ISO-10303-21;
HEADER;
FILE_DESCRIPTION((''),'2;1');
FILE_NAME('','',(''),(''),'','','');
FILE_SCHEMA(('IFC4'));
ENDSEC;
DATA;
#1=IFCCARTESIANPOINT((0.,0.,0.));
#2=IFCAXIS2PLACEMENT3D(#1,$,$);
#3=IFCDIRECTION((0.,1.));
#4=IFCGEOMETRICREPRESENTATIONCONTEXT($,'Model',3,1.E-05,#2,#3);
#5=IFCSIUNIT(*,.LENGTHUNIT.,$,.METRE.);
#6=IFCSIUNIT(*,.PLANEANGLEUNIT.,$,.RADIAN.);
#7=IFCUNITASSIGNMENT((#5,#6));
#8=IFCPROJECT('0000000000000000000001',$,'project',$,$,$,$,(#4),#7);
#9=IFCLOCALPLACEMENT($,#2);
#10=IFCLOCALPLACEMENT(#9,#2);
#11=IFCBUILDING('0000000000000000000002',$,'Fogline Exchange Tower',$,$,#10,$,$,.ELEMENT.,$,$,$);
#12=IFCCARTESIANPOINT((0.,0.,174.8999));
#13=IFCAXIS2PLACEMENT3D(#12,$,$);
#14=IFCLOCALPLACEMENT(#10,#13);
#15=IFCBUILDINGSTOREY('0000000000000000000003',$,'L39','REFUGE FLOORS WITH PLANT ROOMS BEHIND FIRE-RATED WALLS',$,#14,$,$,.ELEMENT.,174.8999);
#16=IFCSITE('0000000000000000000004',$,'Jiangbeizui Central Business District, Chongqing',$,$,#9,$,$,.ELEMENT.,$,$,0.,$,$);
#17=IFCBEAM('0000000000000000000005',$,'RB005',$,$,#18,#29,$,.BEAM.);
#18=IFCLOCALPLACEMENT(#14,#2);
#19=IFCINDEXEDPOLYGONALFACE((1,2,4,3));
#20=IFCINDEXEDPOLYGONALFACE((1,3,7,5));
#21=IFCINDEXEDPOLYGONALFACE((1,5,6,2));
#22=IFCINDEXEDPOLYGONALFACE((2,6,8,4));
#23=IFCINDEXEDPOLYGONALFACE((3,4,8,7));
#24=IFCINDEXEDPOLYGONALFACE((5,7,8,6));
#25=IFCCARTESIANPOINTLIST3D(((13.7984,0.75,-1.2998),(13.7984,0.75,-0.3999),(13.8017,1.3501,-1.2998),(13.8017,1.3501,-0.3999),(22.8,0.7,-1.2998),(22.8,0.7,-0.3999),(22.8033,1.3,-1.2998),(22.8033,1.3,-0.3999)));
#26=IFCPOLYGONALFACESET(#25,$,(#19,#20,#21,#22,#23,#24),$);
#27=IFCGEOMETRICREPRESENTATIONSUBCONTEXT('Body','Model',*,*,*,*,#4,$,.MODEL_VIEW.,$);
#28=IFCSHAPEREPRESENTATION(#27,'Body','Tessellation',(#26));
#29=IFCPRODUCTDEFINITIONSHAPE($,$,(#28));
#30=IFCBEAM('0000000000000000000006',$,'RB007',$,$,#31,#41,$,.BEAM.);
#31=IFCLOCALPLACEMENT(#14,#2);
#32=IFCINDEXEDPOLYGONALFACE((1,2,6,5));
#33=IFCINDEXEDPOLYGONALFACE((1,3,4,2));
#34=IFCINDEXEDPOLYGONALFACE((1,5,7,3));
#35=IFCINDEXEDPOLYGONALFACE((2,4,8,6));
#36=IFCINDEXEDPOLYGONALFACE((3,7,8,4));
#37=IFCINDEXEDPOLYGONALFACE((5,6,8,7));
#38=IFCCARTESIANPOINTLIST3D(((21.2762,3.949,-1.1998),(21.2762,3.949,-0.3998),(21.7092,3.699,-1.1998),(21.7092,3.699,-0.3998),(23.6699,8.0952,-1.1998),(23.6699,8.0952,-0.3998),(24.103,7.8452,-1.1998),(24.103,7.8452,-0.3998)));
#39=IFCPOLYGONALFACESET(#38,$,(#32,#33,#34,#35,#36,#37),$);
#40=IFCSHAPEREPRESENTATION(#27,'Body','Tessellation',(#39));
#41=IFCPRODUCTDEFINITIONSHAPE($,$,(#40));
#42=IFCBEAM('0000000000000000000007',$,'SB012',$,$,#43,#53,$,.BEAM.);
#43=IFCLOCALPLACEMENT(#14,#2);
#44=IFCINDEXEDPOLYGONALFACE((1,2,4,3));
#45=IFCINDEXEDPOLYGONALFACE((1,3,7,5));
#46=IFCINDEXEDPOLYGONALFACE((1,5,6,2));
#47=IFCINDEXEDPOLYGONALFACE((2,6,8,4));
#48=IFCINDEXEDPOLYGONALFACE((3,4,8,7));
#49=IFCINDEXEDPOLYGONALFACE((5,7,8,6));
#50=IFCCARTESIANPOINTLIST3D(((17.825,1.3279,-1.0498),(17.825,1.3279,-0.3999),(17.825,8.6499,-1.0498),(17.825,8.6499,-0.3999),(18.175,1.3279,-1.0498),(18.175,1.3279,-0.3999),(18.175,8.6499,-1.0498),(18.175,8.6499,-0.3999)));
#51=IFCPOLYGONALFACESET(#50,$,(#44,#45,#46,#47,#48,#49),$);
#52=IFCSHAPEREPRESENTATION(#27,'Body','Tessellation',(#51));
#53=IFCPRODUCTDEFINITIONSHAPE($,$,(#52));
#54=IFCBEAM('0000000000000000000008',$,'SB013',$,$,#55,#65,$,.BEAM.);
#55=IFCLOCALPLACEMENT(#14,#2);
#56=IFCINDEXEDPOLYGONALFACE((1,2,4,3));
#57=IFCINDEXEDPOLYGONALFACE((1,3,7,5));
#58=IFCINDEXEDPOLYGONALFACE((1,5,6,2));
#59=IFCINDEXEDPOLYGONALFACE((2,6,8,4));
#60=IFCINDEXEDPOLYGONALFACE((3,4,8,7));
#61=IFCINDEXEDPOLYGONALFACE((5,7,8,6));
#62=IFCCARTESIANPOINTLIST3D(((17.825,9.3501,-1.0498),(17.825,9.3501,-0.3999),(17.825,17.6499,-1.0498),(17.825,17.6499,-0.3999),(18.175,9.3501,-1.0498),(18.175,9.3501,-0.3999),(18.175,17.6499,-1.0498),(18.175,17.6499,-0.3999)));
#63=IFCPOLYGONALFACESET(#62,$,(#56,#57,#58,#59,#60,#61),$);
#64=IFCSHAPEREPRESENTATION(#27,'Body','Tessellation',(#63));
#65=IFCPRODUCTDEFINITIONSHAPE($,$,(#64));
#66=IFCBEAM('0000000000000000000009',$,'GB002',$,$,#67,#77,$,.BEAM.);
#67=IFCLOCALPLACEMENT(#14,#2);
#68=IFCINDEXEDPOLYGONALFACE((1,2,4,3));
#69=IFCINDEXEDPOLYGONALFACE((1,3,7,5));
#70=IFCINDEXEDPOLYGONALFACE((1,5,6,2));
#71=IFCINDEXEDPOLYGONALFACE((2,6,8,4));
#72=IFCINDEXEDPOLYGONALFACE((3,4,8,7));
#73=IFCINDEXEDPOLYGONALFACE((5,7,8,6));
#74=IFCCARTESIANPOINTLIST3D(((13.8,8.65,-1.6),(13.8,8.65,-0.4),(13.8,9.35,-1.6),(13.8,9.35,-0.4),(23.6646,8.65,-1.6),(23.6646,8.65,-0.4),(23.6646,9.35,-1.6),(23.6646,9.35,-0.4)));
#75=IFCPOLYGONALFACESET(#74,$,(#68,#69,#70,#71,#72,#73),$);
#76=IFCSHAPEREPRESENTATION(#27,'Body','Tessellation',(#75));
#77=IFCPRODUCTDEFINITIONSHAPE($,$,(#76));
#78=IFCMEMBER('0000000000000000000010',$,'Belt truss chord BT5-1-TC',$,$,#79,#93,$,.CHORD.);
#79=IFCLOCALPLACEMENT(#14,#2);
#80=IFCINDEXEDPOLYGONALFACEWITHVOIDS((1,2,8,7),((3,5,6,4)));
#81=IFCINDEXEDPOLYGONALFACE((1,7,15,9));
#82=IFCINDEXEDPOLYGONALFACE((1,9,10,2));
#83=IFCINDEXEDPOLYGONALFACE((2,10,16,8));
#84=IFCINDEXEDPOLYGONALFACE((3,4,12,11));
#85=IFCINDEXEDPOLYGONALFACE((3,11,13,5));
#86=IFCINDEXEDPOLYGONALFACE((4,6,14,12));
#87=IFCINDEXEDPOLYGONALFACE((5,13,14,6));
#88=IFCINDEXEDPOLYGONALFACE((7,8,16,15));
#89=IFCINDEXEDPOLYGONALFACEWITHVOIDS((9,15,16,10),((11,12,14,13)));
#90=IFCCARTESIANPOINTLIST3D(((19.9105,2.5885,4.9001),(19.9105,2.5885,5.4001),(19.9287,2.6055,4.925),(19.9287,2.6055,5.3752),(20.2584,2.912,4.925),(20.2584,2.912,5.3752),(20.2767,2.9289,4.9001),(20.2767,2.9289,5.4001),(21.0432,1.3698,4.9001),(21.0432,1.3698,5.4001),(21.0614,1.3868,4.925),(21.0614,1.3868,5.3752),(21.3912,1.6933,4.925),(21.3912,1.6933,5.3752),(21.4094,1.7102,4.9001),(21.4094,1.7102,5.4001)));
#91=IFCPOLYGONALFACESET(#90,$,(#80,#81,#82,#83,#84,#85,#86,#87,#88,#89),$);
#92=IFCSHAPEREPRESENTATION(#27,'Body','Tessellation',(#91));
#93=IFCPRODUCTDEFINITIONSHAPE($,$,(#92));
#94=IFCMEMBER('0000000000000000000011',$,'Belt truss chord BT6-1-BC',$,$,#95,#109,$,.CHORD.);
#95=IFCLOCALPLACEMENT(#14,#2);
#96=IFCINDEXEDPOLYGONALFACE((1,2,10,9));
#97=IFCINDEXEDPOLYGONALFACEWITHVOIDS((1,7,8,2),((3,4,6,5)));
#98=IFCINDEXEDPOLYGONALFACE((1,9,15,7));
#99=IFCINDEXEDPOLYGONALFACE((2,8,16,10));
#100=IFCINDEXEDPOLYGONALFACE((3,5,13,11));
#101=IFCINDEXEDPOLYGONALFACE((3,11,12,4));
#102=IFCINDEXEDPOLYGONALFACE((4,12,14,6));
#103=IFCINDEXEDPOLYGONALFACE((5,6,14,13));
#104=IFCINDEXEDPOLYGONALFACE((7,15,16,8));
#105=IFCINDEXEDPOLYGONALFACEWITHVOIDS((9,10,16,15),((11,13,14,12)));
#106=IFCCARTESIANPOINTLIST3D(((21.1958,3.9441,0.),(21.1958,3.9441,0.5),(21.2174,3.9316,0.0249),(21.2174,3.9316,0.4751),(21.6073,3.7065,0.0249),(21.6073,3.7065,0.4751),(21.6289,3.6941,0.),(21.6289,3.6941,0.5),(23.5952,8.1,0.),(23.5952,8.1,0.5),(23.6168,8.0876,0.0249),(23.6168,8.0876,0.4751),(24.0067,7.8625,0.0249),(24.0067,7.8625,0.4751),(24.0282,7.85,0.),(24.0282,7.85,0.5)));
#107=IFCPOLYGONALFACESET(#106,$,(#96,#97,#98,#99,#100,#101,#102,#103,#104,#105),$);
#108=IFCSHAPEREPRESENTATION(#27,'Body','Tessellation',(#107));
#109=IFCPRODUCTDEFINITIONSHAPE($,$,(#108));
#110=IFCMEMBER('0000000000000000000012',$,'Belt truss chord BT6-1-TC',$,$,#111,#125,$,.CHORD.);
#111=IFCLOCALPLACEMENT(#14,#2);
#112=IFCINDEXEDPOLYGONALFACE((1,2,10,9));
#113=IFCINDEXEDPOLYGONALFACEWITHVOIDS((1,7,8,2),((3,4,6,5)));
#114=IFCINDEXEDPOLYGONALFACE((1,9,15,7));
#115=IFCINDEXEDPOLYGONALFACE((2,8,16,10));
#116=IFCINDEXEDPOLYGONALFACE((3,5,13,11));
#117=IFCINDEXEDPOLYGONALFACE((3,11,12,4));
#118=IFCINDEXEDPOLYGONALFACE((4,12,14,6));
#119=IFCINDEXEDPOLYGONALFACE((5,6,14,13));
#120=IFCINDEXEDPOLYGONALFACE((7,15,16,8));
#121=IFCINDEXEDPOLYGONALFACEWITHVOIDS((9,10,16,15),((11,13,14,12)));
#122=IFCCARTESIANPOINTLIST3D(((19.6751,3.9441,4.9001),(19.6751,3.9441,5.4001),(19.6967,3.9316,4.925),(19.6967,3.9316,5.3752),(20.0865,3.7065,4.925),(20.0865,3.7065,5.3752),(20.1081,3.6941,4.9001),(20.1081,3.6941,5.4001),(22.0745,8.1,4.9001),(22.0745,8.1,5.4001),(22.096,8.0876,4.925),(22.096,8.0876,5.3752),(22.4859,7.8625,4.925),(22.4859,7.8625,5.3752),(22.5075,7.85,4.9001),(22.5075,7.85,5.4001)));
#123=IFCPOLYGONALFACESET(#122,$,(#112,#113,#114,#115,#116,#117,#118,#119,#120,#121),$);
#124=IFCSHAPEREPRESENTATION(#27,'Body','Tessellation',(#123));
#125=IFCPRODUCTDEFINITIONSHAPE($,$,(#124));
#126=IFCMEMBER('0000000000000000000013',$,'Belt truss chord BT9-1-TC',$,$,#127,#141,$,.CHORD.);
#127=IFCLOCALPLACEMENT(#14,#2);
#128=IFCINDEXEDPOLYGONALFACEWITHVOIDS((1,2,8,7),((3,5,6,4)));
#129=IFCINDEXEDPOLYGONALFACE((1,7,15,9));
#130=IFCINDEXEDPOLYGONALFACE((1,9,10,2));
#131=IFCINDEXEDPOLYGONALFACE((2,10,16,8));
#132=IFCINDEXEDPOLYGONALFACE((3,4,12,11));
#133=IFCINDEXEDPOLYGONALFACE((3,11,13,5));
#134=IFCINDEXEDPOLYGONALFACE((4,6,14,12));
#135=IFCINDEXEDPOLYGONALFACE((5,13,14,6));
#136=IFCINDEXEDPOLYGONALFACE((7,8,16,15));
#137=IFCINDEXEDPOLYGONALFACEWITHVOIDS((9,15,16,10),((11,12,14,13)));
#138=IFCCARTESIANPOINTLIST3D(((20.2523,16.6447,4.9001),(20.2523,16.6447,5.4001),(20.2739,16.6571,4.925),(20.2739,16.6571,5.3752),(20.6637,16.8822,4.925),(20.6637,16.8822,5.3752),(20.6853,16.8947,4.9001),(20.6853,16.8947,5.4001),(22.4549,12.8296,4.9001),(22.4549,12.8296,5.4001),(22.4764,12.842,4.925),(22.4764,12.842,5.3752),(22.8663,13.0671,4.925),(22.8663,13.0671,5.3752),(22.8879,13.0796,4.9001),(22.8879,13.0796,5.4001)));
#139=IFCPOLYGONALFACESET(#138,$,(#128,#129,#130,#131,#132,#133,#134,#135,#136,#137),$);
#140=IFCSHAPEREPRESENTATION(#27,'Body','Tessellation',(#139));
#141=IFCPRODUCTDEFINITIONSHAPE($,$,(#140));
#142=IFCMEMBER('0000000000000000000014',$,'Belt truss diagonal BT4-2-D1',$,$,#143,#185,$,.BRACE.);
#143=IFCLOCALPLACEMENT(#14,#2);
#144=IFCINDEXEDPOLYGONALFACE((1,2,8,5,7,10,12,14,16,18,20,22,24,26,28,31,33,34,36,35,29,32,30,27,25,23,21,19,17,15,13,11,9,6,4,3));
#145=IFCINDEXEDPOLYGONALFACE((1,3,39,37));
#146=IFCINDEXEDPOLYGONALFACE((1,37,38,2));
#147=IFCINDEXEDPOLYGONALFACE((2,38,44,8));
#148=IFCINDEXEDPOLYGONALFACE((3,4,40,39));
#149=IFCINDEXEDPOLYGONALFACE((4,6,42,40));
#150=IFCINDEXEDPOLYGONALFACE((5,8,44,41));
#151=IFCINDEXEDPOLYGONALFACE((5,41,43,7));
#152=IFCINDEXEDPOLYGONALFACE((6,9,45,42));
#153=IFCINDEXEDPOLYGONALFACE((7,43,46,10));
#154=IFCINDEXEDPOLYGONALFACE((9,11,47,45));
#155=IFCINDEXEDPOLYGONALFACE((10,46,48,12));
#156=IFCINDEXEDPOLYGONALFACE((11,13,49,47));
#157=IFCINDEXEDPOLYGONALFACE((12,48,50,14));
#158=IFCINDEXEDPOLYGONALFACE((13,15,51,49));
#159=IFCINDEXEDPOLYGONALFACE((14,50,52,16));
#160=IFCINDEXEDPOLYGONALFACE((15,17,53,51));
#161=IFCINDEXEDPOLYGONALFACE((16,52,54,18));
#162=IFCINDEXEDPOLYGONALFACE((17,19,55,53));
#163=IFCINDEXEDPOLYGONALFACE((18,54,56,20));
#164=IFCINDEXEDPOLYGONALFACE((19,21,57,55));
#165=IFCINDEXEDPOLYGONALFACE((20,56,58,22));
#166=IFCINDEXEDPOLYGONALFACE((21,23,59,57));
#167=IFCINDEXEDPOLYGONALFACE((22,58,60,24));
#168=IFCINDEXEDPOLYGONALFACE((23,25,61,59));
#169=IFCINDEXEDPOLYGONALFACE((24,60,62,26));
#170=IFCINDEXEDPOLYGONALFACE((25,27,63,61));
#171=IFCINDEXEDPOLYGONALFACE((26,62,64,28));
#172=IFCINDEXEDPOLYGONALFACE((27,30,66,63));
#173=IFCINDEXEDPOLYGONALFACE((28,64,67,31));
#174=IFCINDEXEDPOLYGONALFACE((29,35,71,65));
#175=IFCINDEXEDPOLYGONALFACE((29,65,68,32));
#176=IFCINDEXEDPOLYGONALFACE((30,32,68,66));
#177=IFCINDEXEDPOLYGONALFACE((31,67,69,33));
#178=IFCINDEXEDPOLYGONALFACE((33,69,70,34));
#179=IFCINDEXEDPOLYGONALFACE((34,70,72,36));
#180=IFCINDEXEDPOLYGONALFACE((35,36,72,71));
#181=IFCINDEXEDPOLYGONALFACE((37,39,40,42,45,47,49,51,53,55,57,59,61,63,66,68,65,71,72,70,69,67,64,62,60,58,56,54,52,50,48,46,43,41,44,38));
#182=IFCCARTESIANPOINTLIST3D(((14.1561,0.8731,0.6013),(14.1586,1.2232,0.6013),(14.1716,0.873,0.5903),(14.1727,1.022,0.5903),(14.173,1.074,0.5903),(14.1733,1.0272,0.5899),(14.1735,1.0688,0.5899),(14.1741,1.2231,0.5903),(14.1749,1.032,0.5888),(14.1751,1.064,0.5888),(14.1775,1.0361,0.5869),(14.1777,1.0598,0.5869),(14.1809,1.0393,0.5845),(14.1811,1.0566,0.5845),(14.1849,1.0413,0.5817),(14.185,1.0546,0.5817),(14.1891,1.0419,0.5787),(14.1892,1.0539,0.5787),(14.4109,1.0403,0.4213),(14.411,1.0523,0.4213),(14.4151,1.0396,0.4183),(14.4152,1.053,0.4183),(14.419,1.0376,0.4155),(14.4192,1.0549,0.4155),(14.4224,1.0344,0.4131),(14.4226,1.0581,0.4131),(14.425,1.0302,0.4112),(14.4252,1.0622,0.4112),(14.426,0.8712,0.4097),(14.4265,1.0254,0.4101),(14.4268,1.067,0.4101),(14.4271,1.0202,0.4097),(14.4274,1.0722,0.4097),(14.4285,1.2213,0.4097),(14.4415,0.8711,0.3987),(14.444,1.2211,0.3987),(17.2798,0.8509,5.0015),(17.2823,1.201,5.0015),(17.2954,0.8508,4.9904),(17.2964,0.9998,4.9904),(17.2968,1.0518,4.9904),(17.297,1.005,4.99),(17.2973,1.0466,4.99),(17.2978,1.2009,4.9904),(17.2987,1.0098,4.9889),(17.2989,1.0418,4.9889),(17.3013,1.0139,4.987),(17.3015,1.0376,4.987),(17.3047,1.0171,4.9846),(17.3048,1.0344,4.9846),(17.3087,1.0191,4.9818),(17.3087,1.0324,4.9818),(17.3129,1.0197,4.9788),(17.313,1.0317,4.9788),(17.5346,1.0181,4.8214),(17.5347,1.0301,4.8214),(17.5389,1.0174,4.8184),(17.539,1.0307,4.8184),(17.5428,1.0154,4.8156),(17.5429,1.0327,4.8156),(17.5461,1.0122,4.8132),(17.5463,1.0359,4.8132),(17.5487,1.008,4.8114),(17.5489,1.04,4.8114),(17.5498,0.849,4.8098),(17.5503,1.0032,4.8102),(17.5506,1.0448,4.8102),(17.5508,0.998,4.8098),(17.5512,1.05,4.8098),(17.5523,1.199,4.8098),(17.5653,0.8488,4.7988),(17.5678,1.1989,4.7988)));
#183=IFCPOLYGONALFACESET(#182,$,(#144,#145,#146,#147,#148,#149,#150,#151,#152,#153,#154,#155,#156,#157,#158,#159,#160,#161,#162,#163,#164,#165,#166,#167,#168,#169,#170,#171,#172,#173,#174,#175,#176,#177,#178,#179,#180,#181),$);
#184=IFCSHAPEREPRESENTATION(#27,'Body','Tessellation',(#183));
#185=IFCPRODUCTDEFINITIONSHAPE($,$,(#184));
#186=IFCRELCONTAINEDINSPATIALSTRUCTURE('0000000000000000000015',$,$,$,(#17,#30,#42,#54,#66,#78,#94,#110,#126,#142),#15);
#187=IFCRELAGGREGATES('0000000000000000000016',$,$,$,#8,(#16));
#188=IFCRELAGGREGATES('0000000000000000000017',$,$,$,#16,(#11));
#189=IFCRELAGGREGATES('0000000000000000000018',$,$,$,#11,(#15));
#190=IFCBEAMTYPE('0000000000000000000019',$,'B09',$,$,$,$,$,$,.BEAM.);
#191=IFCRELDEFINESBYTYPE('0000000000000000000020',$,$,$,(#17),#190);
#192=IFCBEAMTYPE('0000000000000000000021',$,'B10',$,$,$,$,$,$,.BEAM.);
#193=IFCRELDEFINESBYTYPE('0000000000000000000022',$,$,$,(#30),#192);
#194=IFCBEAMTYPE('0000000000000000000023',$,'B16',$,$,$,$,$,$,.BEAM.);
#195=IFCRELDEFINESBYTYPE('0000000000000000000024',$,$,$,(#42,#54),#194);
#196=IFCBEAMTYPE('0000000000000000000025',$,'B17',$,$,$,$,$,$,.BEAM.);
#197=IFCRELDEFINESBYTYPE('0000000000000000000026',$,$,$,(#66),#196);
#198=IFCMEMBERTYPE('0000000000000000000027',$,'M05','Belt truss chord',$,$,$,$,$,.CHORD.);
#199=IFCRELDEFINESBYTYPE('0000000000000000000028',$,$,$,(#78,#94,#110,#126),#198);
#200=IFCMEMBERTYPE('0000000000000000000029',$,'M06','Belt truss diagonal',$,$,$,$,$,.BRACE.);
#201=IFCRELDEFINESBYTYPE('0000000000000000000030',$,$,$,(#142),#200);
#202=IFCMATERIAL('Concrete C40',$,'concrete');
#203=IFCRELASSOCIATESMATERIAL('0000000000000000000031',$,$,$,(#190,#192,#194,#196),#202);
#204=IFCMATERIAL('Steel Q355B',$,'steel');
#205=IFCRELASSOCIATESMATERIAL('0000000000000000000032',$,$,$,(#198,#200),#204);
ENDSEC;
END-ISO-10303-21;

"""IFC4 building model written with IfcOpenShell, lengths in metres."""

from ifc_helpers import new_model, si_unit, direction, frame, origin, origin_2d, place, context, subcontext, project, spatial, rectangle, hollow_rectangle, i_section, extrude, material, material_profile, profile_set, type_object, element, save


model = new_model("IFC4")

# Units and contexts
model_context = context("Model", 3, precision=1e-05, world=origin(), true_north=direction((0.0, 1.0)))
body_context = subcontext(model_context, "Body", "Model", "MODEL_VIEW")
ifc_project = project(units=[si_unit("LENGTHUNIT", "METRE"), si_unit("PLANEANGLEUNIT", "RADIAN")], contexts=[model_context])

# Site, building, storey
site_placement = place(None, origin())
site = spatial("IfcSite", under=ifc_project, at=site_placement, Name="Jiangbeizui Central Business District, Chongqing", CompositionType="ELEMENT", RefElevation=0.0)
building_placement = place(site_placement, origin())
building = spatial("IfcBuilding", under=site, at=building_placement, Name="Fogline Exchange Tower", CompositionType="ELEMENT")
storey_placement = place(building_placement, frame((0.0, 0.0, 174.8999)))
storey = spatial("IfcBuildingStorey", under=building, at=storey_placement, Name="L39", Description="REFUGE FLOORS WITH PLANT ROOMS BEHIND FIRE-RATED WALLS", CompositionType="ELEMENT", Elevation=174.8999)

# Beams
ifc_material_1 = material(Name="Concrete C40", Category="concrete")
ifc_material_profile_1 = material_profile(ifc_material_1, rectangle(XDim=0.6001, YDim=0.8999, at=origin_2d()), Name="RC 600x900")
ifc_profile_set_1 = profile_set([ifc_material_profile_1], Name="Concrete C40")
beam_type_1 = type_object("IfcBeamType", Name="B09", PredefinedType="BEAM", material=ifc_profile_set_1)
beam_1_placement = place(storey_placement, frame((13.8, 1.05, -0.8499), z_axis=(0.999985, -0.00556, 0.0), x_axis=(0.00556, 0.999985, 0.0)))
element("IfcBeam", 1, at=beam_1_placement, inside=storey, type_object=beam_type_1, Name="RB005", PredefinedType="BEAM", context=body_context, shape_type="SweptSolid", body=[
    extrude(rectangle(XDim=0.6001, YDim=0.8999, at=origin_2d()), origin(), (0.0, 0.0, 1.0), 9.0017),
])
ifc_material_profile_2 = material_profile(ifc_material_1, rectangle(XDim=0.5, YDim=0.8, at=origin_2d()), Name="RC 500x800")
ifc_profile_set_2 = profile_set([ifc_material_profile_2], Name="Concrete C40")
beam_type_2 = type_object("IfcBeamType", Name="B10", PredefinedType="BEAM", material=ifc_profile_set_2)
beam_2_placement = place(storey_placement, frame((21.4927, 3.824, -0.7998), z_axis=(0.499995, 0.866028, 0.0), x_axis=(-0.866028, 0.499995, 0.0)))
element("IfcBeam", 2, at=beam_2_placement, inside=storey, type_object=beam_type_2, Name="RB007", PredefinedType="BEAM", context=body_context, shape_type="SweptSolid", body=[
    extrude(rectangle(XDim=0.5, YDim=0.8, at=origin_2d()), origin(), (0.0, 0.0, 1.0), 4.7876),
])
ifc_material_profile_3 = material_profile(ifc_material_1, rectangle(XDim=0.3501, YDim=0.6499, at=origin_2d()), Name="RC 350x650")
ifc_profile_set_3 = profile_set([ifc_material_profile_3], Name="Concrete C40")
beam_type_3 = type_object("IfcBeamType", Name="B16", PredefinedType="BEAM", material=ifc_profile_set_3)
beam_3_placement = place(storey_placement, frame((18.0, 1.3279, -0.7249), z_axis=(0.0, 1.0, 0.0), x_axis=(-1.0, 0.0, 0.0)))
element("IfcBeam", 3, at=beam_3_placement, inside=storey, type_object=beam_type_3, Name="SB012", PredefinedType="BEAM", context=body_context, shape_type="SweptSolid", body=[
    extrude(rectangle(XDim=0.3501, YDim=0.6499, at=origin_2d()), origin(), (0.0, 0.0, 1.0), 7.322),
])
beam_4_placement = place(storey_placement, frame((18.0, 9.3501, -0.7249), z_axis=(0.0, 1.0, 0.0), x_axis=(-1.0, 0.0, 0.0)))
element("IfcBeam", 4, at=beam_4_placement, inside=storey, type_object=beam_type_3, Name="SB013", PredefinedType="BEAM", context=body_context, shape_type="SweptSolid", body=[
    extrude(rectangle(XDim=0.3501, YDim=0.6499, at=origin_2d()), origin(), (0.0, 0.0, 1.0), 8.2998),
])
ifc_material_profile_4 = material_profile(ifc_material_1, rectangle(XDim=0.7, YDim=1.2, at=origin_2d()), Name="RC 700x1200")
ifc_profile_set_4 = profile_set([ifc_material_profile_4], Name="Concrete C40")
beam_type_4 = type_object("IfcBeamType", Name="B17", PredefinedType="BEAM", material=ifc_profile_set_4)
beam_5_placement = place(storey_placement, frame((13.8, 9.0, -1.0), z_axis=(1.0, 0.0, 0.0), x_axis=(0.0, 1.0, 0.0)))
element("IfcBeam", 5, at=beam_5_placement, inside=storey, type_object=beam_type_4, Name="GB002", PredefinedType="BEAM", context=body_context, shape_type="SweptSolid", body=[
    extrude(rectangle(XDim=0.7, YDim=1.2, at=origin_2d()), origin(), (0.0, 0.0, 1.0), 9.8645),
])

# Members
ifc_material_2 = material(Name="Steel Q355B", Category="steel")
ifc_material_profile_5 = material_profile(ifc_material_2, hollow_rectangle(XDim=0.5, YDim=0.5, WallThickness=0.0249, at=origin_2d()), Name="BOX500X500X25")
ifc_profile_set_5 = profile_set([ifc_material_profile_5], Name="Steel Q355B")
member_type_1 = type_object("IfcMemberType", Name="M05", Description="Belt truss chord", PredefinedType="CHORD", material=ifc_profile_set_5)
member_1_placement = place(storey_placement, frame((21.2263, 1.54, 5.1501), z_axis=(-0.680811, 0.732459, 0.0), x_axis=(-0.732459, -0.680811, 0.0)))
element("IfcMember", 6, at=member_1_placement, inside=storey, type_object=member_type_1, Name="Belt truss chord BT5-1-TC", PredefinedType="CHORD", context=body_context, shape_type="SweptSolid", body=[
    extrude(hollow_rectangle(XDim=0.5, YDim=0.5, WallThickness=0.0249, at=origin_2d()), origin(), (0.0, 0.0, 1.0), 1.6638),
])
for number, where, z_axis, x_axis, name in (
    (7, (21.4124, 3.8191, 0.25), (0.499991, 0.866031, 0.0), (-0.866031, 0.499991, 0.0), "Belt truss chord BT6-1-BC"),
    (8, (19.8916, 3.8191, 5.1501), (0.499991, 0.866031, 0.0), (-0.866031, 0.499991, 0.0), "Belt truss chord BT6-1-TC"),
):
    element("IfcMember", number, at=place(storey_placement, frame(where, z_axis=z_axis, x_axis=x_axis)), inside=storey, type_object=member_type_1, Name=name, PredefinedType="CHORD", context=body_context, shape_type="SweptSolid", body=[
        extrude(hollow_rectangle(XDim=0.5, YDim=0.5, WallThickness=0.0249, at=origin_2d()), origin(), (0.0, 0.0, 1.0), 4.7988),
    ])
member_2_placement = place(storey_placement, frame((22.6714, 12.9546, 5.1501), z_axis=(-0.499989, 0.866031, 0.0), x_axis=(-0.866031, -0.499989, 0.0)))
element("IfcMember", 9, at=member_2_placement, inside=storey, type_object=member_type_1, Name="Belt truss chord BT9-1-TC", PredefinedType="CHORD", context=body_context, shape_type="SweptSolid", body=[
    extrude(hollow_rectangle(XDim=0.5, YDim=0.5, WallThickness=0.0249, at=origin_2d()), origin(), (0.0, 0.0, 1.0), 4.4053),
])
ifc_material_profile_6 = material_profile(ifc_material_2, i_section(OverallWidth=0.3501, OverallDepth=0.3501, WebThickness=0.012, FlangeThickness=0.019, FilletRadius=0.02, at=origin_2d()), Name="HW350X350X12X19")
ifc_profile_set_6 = profile_set([ifc_material_profile_6], Name="Steel Q355B")
member_type_2 = type_object("IfcMemberType", Name="M06", Description="Belt truss diagonal", PredefinedType="BRACE", material=ifc_profile_set_6)
member_3_placement = place(storey_placement, frame((14.3, 1.0471, 0.5), z_axis=(0.578877, -0.004117, 0.815404), x_axis=(0.007112, 0.999975, 0.0)))
element("IfcMember", 10, at=member_3_placement, inside=storey, type_object=member_type_2, Name="Belt truss diagonal BT4-2-D1", PredefinedType="BRACE", context=body_context, shape_type="SweptSolid", body=[
    extrude(i_section(OverallWidth=0.3501, OverallDepth=0.3501, WebThickness=0.012, FlangeThickness=0.019, FilletRadius=0.02, at=origin_2d()), origin(), (0.0, 0.0, 1.0), 5.3962),
])

save(model, "model.ifc")
